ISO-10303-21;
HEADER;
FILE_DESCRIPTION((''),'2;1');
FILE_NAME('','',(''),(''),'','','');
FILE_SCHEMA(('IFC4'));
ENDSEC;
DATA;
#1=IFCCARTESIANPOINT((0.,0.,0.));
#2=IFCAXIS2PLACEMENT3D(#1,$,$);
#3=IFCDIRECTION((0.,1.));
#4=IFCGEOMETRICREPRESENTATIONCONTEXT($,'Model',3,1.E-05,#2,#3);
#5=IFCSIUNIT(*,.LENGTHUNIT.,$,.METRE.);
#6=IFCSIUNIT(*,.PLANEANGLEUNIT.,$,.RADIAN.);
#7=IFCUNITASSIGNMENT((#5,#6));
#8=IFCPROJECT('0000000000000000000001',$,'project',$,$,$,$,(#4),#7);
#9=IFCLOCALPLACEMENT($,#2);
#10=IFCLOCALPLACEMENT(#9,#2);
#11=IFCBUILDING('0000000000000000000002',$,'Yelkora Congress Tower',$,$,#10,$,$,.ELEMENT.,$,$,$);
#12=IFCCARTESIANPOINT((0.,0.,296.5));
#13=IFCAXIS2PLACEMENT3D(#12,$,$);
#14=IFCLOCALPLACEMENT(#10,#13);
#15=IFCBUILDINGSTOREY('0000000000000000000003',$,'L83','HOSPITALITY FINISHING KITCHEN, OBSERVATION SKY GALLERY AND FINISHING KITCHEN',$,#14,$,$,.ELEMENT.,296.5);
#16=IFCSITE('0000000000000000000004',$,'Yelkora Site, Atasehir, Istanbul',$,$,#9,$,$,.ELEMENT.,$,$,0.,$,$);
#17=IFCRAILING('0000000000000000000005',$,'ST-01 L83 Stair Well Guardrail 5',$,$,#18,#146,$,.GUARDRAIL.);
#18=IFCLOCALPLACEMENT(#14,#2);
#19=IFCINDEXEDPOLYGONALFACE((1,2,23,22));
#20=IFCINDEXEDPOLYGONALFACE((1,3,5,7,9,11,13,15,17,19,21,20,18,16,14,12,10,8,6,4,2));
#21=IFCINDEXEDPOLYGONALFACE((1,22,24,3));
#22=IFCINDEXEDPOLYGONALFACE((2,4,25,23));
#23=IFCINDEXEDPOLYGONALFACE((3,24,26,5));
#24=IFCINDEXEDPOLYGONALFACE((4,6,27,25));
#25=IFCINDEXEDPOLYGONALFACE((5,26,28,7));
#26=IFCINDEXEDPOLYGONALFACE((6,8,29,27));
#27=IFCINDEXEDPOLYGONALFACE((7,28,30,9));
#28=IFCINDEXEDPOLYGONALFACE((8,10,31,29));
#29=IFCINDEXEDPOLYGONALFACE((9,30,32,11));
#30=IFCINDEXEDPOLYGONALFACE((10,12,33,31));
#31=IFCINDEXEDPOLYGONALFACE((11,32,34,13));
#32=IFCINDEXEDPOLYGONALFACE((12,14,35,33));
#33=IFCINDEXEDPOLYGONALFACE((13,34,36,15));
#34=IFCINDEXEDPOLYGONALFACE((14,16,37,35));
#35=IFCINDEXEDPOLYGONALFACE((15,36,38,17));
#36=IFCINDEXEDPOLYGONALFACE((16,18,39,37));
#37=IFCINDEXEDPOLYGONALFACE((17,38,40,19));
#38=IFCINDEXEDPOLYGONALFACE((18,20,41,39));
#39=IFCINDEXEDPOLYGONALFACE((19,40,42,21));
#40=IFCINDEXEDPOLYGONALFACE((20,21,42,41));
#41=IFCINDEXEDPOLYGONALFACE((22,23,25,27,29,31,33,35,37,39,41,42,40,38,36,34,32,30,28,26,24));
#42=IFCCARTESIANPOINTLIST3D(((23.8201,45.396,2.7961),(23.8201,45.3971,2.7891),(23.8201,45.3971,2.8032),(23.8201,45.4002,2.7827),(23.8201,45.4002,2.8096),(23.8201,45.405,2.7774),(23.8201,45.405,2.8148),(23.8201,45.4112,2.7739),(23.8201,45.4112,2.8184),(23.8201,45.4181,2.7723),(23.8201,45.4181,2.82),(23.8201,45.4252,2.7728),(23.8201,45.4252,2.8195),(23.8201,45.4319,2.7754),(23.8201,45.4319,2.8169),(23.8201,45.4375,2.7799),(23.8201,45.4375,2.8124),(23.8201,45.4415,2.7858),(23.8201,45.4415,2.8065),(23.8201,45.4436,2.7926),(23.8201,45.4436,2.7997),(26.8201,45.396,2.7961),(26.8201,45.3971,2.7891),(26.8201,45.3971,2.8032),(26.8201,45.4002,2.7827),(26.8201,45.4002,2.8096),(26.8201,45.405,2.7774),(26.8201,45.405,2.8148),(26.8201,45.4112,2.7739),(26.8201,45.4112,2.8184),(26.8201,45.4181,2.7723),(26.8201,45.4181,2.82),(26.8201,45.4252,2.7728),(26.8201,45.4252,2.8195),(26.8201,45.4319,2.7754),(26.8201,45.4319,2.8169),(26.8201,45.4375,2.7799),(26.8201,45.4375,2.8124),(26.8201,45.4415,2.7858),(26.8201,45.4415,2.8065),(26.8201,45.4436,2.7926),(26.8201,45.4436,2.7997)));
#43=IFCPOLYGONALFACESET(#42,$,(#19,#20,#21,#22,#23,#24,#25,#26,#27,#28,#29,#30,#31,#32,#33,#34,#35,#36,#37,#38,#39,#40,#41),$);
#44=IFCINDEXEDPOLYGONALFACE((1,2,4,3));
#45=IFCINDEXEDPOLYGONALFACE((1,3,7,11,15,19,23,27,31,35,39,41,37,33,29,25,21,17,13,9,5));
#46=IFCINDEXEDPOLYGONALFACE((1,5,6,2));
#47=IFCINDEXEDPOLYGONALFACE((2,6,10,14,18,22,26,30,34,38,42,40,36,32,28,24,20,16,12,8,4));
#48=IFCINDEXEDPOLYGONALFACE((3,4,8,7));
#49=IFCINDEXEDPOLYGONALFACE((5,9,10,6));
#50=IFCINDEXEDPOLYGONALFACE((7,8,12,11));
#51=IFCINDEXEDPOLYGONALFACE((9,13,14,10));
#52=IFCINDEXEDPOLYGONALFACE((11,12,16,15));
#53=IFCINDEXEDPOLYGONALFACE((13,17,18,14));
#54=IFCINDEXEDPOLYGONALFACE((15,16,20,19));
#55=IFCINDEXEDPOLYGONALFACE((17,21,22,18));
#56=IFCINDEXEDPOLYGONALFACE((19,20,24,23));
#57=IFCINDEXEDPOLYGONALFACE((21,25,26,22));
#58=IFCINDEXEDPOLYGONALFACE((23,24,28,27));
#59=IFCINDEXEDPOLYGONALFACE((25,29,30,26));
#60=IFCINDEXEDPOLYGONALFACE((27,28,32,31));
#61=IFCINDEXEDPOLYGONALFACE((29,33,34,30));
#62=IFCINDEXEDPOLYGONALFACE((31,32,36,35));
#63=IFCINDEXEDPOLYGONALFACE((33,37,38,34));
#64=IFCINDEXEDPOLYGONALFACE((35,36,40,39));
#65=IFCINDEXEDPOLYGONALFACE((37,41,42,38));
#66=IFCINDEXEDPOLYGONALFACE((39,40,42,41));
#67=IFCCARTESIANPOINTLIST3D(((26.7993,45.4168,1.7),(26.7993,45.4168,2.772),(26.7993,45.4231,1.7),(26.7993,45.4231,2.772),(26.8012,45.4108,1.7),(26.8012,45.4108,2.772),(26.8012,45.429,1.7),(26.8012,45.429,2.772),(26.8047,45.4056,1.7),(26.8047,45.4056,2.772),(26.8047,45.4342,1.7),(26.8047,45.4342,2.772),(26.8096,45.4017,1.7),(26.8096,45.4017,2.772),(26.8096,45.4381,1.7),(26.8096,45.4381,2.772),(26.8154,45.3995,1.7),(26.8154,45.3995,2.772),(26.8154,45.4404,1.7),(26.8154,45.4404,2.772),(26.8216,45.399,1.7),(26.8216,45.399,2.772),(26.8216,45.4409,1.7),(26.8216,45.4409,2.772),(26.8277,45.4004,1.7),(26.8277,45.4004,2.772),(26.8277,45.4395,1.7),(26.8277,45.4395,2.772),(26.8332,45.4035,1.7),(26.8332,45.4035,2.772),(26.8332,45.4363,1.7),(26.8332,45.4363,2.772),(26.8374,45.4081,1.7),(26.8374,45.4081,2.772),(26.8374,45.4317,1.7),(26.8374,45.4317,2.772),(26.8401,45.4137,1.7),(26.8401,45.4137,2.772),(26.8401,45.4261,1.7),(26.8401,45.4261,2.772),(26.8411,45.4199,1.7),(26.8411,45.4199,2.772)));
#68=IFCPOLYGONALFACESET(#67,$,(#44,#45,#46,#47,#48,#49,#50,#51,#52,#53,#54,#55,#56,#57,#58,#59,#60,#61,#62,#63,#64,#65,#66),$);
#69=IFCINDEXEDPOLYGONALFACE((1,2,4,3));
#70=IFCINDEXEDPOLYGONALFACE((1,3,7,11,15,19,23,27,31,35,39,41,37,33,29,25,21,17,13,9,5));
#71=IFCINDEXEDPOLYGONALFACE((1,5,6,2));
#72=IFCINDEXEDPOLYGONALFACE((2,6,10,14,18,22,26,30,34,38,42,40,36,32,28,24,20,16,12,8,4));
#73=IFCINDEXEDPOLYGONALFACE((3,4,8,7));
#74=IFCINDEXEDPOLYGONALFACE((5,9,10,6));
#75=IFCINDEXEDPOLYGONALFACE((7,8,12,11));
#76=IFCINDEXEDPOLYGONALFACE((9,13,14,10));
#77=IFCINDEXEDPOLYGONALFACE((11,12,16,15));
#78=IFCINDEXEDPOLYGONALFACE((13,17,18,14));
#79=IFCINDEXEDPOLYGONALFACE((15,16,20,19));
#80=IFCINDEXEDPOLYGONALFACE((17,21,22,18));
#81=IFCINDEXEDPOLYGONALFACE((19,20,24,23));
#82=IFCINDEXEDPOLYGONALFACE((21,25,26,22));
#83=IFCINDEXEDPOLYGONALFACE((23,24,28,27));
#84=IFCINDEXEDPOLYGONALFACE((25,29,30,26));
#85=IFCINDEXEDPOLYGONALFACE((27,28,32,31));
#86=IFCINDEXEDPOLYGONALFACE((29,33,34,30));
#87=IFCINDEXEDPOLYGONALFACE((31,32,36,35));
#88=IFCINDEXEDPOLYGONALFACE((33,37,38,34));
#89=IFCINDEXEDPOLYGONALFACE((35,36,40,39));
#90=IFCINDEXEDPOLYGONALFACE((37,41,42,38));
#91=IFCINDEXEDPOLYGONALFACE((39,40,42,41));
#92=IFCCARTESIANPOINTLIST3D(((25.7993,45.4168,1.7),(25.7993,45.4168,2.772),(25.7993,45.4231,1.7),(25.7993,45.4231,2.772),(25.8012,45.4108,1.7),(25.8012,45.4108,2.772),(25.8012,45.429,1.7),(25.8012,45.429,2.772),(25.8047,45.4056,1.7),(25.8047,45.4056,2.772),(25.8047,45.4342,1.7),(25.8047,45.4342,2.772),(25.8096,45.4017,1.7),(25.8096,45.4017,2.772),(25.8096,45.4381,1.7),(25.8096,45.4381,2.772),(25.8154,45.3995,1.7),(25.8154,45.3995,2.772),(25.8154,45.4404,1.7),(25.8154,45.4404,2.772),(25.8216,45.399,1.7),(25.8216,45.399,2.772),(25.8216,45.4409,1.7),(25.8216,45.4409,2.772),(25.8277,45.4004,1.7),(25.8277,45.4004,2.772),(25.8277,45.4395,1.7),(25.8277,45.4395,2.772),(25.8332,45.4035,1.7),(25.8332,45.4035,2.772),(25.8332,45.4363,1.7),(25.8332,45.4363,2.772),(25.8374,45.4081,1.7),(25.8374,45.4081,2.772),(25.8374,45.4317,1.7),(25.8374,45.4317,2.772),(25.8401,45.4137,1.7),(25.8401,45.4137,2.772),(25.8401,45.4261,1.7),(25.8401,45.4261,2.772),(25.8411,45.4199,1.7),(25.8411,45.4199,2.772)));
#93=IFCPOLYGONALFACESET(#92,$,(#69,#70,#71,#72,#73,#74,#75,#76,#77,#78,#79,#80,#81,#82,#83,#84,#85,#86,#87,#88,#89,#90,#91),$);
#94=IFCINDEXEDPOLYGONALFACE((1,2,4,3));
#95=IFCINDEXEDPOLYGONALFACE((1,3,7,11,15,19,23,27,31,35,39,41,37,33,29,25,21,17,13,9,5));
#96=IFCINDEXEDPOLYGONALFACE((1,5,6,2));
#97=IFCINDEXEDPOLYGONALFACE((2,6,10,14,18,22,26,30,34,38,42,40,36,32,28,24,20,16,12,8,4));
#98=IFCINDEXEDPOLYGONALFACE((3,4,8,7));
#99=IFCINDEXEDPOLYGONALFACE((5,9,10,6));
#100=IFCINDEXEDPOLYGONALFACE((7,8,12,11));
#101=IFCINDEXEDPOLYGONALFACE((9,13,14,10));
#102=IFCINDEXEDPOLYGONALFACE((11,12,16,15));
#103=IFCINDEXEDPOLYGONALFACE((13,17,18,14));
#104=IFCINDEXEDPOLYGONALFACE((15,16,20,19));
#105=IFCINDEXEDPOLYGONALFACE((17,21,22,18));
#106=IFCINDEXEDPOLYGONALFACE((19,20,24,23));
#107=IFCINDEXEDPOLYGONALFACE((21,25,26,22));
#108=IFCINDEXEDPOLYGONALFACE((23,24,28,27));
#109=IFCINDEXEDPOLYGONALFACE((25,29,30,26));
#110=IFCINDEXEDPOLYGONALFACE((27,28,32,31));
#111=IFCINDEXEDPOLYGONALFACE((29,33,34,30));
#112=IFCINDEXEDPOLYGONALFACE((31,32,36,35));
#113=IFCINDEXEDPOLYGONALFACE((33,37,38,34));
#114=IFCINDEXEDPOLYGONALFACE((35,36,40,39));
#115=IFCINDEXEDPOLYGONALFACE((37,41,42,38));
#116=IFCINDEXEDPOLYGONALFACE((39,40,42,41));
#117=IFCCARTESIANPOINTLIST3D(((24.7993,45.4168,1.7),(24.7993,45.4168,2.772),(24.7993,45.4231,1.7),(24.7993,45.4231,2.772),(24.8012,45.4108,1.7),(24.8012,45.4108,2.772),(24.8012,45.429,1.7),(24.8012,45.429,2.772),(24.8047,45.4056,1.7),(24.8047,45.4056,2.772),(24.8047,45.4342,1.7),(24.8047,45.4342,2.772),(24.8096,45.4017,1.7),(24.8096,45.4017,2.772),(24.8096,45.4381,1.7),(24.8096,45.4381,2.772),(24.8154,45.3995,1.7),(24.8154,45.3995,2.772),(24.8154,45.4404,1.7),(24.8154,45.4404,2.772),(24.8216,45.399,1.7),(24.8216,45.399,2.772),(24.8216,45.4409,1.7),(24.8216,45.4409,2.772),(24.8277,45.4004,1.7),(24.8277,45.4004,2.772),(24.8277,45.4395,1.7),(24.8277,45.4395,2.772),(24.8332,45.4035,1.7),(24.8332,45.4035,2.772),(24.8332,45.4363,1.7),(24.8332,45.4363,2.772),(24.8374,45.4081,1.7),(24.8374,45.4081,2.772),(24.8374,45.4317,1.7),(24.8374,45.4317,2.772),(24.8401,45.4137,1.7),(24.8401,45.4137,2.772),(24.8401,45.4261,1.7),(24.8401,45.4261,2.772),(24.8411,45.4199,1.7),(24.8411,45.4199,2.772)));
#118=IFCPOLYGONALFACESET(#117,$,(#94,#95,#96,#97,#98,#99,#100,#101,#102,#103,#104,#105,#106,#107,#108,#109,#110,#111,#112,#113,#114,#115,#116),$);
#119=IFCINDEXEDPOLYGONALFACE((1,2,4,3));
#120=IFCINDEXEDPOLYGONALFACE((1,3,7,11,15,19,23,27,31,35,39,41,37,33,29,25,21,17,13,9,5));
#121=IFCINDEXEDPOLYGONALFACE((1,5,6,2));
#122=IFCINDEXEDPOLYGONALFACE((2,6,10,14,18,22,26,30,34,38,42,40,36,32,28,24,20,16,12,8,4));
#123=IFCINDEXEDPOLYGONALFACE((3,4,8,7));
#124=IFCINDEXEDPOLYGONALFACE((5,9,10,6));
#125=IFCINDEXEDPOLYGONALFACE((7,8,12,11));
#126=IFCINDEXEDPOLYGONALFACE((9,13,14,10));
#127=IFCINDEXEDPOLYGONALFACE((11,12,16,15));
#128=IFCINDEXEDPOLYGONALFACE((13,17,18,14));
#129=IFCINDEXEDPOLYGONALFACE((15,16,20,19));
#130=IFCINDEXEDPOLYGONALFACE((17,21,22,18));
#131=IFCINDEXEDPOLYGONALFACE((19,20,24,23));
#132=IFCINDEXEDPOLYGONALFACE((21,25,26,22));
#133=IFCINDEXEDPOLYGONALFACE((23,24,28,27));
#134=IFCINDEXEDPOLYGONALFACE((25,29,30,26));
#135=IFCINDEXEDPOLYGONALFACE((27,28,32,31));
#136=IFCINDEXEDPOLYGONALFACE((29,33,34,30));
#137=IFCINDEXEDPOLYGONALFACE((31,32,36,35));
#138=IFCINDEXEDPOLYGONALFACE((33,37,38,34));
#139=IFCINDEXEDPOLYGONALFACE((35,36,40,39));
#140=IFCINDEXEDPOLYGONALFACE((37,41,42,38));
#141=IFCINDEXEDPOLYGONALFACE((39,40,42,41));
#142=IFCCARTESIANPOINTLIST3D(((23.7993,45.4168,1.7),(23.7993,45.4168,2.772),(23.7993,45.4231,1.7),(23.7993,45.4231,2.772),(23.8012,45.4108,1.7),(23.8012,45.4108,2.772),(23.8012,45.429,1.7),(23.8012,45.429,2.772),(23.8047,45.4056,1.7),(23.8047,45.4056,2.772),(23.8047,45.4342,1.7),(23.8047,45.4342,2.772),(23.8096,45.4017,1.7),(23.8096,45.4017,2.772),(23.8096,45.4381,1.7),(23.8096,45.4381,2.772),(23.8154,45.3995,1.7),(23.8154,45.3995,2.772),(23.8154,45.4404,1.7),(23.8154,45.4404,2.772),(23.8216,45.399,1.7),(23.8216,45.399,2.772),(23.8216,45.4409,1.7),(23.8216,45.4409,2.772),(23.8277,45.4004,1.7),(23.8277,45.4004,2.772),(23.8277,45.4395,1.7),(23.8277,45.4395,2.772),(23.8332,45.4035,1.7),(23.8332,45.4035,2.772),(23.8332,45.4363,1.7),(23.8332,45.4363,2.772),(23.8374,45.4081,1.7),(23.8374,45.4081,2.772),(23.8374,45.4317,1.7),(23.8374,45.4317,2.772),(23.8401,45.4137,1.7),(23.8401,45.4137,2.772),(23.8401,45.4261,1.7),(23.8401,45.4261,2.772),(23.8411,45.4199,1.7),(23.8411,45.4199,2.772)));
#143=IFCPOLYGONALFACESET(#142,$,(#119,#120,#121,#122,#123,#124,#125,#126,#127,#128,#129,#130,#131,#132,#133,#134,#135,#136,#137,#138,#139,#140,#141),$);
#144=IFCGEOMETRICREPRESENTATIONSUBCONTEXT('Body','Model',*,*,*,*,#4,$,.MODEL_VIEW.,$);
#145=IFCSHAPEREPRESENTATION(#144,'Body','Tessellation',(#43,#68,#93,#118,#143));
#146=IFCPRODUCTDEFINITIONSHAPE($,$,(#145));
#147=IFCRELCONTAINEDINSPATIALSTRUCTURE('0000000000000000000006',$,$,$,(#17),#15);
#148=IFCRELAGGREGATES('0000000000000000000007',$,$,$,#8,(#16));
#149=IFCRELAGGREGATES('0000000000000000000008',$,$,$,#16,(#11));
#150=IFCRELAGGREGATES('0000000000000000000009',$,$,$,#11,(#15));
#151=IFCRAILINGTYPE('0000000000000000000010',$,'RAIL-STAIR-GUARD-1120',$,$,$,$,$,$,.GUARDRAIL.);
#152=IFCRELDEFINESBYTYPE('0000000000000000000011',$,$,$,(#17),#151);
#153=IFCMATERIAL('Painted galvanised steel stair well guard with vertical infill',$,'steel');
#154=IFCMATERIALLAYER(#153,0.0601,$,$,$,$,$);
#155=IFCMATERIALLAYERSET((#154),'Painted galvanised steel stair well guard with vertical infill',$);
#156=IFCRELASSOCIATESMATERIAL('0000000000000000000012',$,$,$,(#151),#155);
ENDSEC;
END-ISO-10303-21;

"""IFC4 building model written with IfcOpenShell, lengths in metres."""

from ifc_helpers import new_model, si_unit, direction, frame, origin, origin_2d, place, context, subcontext, project, spatial, circle, extrude, material, layer, layer_set, type_object, element, save


model = new_model("IFC4")

# Units and contexts
model_context = context("Model", 3, precision=1e-05, world=origin(), true_north=direction((0.0, 1.0)))
body_context = subcontext(model_context, "Body", "Model", "MODEL_VIEW")
ifc_project = project(units=[si_unit("LENGTHUNIT", "METRE"), si_unit("PLANEANGLEUNIT", "RADIAN")], contexts=[model_context])

# Site, building, storey
site_placement = place(None, origin())
site = spatial("IfcSite", under=ifc_project, at=site_placement, Name="Yelkora Site, Atasehir, Istanbul", CompositionType="ELEMENT", RefElevation=0.0)
building_placement = place(site_placement, origin())
building = spatial("IfcBuilding", under=site, at=building_placement, Name="Yelkora Congress Tower", CompositionType="ELEMENT")
storey_placement = place(building_placement, frame((0.0, 0.0, 296.5)))
storey = spatial("IfcBuildingStorey", under=building, at=storey_placement, Name="L83", Description="HOSPITALITY FINISHING KITCHEN, OBSERVATION SKY GALLERY AND FINISHING KITCHEN", CompositionType="ELEMENT", Elevation=296.5)

# Railing
ifc_material_1 = material(Name="Painted galvanised steel stair well guard with vertical infill", Category="steel")
ifc_layer_1 = layer(ifc_material_1, 0.0601)
ifc_layer_set_1 = layer_set([ifc_layer_1], Name="Painted galvanised steel stair well guard with vertical infill")
railing_type_1 = type_object("IfcRailingType", Name="RAIL-STAIR-GUARD-1120", PredefinedType="GUARDRAIL", material=ifc_layer_set_1)
railing_1_placement = place(storey_placement, frame((26.8201, 45.4199, 1.7)))
element("IfcRailing", 1, at=railing_1_placement, inside=storey, type_object=railing_type_1, Name="ST-01 L83 Stair Well Guardrail 5", PredefinedType="GUARDRAIL", context=body_context, shape_type="SweptSolid", body=[
    extrude(circle(Radius=0.0239, at=origin_2d()), frame((0.0, 0.0, 1.0962), z_axis=(-1.0, 0.0, 0.0), x_axis=(0.0, -1.0, 0.0)), (0.0, 0.0, 1.0), 3.0),
    extrude(circle(Radius=0.021, at=origin_2d()), origin(), (0.0, 0.0, 1.0), 1.072),
    extrude(circle(Radius=0.021, at=origin_2d()), frame((-1.0, 0.0, 0.0)), (0.0, 0.0, 1.0), 1.072),
    extrude(circle(Radius=0.021, at=origin_2d()), frame((-2.0, 0.0, 0.0)), (0.0, 0.0, 1.0), 1.072),
    extrude(circle(Radius=0.021, at=origin_2d()), frame((-3.0, 0.0, 0.0)), (0.0, 0.0, 1.0), 1.072),
])

save(model, "model.ifc")
